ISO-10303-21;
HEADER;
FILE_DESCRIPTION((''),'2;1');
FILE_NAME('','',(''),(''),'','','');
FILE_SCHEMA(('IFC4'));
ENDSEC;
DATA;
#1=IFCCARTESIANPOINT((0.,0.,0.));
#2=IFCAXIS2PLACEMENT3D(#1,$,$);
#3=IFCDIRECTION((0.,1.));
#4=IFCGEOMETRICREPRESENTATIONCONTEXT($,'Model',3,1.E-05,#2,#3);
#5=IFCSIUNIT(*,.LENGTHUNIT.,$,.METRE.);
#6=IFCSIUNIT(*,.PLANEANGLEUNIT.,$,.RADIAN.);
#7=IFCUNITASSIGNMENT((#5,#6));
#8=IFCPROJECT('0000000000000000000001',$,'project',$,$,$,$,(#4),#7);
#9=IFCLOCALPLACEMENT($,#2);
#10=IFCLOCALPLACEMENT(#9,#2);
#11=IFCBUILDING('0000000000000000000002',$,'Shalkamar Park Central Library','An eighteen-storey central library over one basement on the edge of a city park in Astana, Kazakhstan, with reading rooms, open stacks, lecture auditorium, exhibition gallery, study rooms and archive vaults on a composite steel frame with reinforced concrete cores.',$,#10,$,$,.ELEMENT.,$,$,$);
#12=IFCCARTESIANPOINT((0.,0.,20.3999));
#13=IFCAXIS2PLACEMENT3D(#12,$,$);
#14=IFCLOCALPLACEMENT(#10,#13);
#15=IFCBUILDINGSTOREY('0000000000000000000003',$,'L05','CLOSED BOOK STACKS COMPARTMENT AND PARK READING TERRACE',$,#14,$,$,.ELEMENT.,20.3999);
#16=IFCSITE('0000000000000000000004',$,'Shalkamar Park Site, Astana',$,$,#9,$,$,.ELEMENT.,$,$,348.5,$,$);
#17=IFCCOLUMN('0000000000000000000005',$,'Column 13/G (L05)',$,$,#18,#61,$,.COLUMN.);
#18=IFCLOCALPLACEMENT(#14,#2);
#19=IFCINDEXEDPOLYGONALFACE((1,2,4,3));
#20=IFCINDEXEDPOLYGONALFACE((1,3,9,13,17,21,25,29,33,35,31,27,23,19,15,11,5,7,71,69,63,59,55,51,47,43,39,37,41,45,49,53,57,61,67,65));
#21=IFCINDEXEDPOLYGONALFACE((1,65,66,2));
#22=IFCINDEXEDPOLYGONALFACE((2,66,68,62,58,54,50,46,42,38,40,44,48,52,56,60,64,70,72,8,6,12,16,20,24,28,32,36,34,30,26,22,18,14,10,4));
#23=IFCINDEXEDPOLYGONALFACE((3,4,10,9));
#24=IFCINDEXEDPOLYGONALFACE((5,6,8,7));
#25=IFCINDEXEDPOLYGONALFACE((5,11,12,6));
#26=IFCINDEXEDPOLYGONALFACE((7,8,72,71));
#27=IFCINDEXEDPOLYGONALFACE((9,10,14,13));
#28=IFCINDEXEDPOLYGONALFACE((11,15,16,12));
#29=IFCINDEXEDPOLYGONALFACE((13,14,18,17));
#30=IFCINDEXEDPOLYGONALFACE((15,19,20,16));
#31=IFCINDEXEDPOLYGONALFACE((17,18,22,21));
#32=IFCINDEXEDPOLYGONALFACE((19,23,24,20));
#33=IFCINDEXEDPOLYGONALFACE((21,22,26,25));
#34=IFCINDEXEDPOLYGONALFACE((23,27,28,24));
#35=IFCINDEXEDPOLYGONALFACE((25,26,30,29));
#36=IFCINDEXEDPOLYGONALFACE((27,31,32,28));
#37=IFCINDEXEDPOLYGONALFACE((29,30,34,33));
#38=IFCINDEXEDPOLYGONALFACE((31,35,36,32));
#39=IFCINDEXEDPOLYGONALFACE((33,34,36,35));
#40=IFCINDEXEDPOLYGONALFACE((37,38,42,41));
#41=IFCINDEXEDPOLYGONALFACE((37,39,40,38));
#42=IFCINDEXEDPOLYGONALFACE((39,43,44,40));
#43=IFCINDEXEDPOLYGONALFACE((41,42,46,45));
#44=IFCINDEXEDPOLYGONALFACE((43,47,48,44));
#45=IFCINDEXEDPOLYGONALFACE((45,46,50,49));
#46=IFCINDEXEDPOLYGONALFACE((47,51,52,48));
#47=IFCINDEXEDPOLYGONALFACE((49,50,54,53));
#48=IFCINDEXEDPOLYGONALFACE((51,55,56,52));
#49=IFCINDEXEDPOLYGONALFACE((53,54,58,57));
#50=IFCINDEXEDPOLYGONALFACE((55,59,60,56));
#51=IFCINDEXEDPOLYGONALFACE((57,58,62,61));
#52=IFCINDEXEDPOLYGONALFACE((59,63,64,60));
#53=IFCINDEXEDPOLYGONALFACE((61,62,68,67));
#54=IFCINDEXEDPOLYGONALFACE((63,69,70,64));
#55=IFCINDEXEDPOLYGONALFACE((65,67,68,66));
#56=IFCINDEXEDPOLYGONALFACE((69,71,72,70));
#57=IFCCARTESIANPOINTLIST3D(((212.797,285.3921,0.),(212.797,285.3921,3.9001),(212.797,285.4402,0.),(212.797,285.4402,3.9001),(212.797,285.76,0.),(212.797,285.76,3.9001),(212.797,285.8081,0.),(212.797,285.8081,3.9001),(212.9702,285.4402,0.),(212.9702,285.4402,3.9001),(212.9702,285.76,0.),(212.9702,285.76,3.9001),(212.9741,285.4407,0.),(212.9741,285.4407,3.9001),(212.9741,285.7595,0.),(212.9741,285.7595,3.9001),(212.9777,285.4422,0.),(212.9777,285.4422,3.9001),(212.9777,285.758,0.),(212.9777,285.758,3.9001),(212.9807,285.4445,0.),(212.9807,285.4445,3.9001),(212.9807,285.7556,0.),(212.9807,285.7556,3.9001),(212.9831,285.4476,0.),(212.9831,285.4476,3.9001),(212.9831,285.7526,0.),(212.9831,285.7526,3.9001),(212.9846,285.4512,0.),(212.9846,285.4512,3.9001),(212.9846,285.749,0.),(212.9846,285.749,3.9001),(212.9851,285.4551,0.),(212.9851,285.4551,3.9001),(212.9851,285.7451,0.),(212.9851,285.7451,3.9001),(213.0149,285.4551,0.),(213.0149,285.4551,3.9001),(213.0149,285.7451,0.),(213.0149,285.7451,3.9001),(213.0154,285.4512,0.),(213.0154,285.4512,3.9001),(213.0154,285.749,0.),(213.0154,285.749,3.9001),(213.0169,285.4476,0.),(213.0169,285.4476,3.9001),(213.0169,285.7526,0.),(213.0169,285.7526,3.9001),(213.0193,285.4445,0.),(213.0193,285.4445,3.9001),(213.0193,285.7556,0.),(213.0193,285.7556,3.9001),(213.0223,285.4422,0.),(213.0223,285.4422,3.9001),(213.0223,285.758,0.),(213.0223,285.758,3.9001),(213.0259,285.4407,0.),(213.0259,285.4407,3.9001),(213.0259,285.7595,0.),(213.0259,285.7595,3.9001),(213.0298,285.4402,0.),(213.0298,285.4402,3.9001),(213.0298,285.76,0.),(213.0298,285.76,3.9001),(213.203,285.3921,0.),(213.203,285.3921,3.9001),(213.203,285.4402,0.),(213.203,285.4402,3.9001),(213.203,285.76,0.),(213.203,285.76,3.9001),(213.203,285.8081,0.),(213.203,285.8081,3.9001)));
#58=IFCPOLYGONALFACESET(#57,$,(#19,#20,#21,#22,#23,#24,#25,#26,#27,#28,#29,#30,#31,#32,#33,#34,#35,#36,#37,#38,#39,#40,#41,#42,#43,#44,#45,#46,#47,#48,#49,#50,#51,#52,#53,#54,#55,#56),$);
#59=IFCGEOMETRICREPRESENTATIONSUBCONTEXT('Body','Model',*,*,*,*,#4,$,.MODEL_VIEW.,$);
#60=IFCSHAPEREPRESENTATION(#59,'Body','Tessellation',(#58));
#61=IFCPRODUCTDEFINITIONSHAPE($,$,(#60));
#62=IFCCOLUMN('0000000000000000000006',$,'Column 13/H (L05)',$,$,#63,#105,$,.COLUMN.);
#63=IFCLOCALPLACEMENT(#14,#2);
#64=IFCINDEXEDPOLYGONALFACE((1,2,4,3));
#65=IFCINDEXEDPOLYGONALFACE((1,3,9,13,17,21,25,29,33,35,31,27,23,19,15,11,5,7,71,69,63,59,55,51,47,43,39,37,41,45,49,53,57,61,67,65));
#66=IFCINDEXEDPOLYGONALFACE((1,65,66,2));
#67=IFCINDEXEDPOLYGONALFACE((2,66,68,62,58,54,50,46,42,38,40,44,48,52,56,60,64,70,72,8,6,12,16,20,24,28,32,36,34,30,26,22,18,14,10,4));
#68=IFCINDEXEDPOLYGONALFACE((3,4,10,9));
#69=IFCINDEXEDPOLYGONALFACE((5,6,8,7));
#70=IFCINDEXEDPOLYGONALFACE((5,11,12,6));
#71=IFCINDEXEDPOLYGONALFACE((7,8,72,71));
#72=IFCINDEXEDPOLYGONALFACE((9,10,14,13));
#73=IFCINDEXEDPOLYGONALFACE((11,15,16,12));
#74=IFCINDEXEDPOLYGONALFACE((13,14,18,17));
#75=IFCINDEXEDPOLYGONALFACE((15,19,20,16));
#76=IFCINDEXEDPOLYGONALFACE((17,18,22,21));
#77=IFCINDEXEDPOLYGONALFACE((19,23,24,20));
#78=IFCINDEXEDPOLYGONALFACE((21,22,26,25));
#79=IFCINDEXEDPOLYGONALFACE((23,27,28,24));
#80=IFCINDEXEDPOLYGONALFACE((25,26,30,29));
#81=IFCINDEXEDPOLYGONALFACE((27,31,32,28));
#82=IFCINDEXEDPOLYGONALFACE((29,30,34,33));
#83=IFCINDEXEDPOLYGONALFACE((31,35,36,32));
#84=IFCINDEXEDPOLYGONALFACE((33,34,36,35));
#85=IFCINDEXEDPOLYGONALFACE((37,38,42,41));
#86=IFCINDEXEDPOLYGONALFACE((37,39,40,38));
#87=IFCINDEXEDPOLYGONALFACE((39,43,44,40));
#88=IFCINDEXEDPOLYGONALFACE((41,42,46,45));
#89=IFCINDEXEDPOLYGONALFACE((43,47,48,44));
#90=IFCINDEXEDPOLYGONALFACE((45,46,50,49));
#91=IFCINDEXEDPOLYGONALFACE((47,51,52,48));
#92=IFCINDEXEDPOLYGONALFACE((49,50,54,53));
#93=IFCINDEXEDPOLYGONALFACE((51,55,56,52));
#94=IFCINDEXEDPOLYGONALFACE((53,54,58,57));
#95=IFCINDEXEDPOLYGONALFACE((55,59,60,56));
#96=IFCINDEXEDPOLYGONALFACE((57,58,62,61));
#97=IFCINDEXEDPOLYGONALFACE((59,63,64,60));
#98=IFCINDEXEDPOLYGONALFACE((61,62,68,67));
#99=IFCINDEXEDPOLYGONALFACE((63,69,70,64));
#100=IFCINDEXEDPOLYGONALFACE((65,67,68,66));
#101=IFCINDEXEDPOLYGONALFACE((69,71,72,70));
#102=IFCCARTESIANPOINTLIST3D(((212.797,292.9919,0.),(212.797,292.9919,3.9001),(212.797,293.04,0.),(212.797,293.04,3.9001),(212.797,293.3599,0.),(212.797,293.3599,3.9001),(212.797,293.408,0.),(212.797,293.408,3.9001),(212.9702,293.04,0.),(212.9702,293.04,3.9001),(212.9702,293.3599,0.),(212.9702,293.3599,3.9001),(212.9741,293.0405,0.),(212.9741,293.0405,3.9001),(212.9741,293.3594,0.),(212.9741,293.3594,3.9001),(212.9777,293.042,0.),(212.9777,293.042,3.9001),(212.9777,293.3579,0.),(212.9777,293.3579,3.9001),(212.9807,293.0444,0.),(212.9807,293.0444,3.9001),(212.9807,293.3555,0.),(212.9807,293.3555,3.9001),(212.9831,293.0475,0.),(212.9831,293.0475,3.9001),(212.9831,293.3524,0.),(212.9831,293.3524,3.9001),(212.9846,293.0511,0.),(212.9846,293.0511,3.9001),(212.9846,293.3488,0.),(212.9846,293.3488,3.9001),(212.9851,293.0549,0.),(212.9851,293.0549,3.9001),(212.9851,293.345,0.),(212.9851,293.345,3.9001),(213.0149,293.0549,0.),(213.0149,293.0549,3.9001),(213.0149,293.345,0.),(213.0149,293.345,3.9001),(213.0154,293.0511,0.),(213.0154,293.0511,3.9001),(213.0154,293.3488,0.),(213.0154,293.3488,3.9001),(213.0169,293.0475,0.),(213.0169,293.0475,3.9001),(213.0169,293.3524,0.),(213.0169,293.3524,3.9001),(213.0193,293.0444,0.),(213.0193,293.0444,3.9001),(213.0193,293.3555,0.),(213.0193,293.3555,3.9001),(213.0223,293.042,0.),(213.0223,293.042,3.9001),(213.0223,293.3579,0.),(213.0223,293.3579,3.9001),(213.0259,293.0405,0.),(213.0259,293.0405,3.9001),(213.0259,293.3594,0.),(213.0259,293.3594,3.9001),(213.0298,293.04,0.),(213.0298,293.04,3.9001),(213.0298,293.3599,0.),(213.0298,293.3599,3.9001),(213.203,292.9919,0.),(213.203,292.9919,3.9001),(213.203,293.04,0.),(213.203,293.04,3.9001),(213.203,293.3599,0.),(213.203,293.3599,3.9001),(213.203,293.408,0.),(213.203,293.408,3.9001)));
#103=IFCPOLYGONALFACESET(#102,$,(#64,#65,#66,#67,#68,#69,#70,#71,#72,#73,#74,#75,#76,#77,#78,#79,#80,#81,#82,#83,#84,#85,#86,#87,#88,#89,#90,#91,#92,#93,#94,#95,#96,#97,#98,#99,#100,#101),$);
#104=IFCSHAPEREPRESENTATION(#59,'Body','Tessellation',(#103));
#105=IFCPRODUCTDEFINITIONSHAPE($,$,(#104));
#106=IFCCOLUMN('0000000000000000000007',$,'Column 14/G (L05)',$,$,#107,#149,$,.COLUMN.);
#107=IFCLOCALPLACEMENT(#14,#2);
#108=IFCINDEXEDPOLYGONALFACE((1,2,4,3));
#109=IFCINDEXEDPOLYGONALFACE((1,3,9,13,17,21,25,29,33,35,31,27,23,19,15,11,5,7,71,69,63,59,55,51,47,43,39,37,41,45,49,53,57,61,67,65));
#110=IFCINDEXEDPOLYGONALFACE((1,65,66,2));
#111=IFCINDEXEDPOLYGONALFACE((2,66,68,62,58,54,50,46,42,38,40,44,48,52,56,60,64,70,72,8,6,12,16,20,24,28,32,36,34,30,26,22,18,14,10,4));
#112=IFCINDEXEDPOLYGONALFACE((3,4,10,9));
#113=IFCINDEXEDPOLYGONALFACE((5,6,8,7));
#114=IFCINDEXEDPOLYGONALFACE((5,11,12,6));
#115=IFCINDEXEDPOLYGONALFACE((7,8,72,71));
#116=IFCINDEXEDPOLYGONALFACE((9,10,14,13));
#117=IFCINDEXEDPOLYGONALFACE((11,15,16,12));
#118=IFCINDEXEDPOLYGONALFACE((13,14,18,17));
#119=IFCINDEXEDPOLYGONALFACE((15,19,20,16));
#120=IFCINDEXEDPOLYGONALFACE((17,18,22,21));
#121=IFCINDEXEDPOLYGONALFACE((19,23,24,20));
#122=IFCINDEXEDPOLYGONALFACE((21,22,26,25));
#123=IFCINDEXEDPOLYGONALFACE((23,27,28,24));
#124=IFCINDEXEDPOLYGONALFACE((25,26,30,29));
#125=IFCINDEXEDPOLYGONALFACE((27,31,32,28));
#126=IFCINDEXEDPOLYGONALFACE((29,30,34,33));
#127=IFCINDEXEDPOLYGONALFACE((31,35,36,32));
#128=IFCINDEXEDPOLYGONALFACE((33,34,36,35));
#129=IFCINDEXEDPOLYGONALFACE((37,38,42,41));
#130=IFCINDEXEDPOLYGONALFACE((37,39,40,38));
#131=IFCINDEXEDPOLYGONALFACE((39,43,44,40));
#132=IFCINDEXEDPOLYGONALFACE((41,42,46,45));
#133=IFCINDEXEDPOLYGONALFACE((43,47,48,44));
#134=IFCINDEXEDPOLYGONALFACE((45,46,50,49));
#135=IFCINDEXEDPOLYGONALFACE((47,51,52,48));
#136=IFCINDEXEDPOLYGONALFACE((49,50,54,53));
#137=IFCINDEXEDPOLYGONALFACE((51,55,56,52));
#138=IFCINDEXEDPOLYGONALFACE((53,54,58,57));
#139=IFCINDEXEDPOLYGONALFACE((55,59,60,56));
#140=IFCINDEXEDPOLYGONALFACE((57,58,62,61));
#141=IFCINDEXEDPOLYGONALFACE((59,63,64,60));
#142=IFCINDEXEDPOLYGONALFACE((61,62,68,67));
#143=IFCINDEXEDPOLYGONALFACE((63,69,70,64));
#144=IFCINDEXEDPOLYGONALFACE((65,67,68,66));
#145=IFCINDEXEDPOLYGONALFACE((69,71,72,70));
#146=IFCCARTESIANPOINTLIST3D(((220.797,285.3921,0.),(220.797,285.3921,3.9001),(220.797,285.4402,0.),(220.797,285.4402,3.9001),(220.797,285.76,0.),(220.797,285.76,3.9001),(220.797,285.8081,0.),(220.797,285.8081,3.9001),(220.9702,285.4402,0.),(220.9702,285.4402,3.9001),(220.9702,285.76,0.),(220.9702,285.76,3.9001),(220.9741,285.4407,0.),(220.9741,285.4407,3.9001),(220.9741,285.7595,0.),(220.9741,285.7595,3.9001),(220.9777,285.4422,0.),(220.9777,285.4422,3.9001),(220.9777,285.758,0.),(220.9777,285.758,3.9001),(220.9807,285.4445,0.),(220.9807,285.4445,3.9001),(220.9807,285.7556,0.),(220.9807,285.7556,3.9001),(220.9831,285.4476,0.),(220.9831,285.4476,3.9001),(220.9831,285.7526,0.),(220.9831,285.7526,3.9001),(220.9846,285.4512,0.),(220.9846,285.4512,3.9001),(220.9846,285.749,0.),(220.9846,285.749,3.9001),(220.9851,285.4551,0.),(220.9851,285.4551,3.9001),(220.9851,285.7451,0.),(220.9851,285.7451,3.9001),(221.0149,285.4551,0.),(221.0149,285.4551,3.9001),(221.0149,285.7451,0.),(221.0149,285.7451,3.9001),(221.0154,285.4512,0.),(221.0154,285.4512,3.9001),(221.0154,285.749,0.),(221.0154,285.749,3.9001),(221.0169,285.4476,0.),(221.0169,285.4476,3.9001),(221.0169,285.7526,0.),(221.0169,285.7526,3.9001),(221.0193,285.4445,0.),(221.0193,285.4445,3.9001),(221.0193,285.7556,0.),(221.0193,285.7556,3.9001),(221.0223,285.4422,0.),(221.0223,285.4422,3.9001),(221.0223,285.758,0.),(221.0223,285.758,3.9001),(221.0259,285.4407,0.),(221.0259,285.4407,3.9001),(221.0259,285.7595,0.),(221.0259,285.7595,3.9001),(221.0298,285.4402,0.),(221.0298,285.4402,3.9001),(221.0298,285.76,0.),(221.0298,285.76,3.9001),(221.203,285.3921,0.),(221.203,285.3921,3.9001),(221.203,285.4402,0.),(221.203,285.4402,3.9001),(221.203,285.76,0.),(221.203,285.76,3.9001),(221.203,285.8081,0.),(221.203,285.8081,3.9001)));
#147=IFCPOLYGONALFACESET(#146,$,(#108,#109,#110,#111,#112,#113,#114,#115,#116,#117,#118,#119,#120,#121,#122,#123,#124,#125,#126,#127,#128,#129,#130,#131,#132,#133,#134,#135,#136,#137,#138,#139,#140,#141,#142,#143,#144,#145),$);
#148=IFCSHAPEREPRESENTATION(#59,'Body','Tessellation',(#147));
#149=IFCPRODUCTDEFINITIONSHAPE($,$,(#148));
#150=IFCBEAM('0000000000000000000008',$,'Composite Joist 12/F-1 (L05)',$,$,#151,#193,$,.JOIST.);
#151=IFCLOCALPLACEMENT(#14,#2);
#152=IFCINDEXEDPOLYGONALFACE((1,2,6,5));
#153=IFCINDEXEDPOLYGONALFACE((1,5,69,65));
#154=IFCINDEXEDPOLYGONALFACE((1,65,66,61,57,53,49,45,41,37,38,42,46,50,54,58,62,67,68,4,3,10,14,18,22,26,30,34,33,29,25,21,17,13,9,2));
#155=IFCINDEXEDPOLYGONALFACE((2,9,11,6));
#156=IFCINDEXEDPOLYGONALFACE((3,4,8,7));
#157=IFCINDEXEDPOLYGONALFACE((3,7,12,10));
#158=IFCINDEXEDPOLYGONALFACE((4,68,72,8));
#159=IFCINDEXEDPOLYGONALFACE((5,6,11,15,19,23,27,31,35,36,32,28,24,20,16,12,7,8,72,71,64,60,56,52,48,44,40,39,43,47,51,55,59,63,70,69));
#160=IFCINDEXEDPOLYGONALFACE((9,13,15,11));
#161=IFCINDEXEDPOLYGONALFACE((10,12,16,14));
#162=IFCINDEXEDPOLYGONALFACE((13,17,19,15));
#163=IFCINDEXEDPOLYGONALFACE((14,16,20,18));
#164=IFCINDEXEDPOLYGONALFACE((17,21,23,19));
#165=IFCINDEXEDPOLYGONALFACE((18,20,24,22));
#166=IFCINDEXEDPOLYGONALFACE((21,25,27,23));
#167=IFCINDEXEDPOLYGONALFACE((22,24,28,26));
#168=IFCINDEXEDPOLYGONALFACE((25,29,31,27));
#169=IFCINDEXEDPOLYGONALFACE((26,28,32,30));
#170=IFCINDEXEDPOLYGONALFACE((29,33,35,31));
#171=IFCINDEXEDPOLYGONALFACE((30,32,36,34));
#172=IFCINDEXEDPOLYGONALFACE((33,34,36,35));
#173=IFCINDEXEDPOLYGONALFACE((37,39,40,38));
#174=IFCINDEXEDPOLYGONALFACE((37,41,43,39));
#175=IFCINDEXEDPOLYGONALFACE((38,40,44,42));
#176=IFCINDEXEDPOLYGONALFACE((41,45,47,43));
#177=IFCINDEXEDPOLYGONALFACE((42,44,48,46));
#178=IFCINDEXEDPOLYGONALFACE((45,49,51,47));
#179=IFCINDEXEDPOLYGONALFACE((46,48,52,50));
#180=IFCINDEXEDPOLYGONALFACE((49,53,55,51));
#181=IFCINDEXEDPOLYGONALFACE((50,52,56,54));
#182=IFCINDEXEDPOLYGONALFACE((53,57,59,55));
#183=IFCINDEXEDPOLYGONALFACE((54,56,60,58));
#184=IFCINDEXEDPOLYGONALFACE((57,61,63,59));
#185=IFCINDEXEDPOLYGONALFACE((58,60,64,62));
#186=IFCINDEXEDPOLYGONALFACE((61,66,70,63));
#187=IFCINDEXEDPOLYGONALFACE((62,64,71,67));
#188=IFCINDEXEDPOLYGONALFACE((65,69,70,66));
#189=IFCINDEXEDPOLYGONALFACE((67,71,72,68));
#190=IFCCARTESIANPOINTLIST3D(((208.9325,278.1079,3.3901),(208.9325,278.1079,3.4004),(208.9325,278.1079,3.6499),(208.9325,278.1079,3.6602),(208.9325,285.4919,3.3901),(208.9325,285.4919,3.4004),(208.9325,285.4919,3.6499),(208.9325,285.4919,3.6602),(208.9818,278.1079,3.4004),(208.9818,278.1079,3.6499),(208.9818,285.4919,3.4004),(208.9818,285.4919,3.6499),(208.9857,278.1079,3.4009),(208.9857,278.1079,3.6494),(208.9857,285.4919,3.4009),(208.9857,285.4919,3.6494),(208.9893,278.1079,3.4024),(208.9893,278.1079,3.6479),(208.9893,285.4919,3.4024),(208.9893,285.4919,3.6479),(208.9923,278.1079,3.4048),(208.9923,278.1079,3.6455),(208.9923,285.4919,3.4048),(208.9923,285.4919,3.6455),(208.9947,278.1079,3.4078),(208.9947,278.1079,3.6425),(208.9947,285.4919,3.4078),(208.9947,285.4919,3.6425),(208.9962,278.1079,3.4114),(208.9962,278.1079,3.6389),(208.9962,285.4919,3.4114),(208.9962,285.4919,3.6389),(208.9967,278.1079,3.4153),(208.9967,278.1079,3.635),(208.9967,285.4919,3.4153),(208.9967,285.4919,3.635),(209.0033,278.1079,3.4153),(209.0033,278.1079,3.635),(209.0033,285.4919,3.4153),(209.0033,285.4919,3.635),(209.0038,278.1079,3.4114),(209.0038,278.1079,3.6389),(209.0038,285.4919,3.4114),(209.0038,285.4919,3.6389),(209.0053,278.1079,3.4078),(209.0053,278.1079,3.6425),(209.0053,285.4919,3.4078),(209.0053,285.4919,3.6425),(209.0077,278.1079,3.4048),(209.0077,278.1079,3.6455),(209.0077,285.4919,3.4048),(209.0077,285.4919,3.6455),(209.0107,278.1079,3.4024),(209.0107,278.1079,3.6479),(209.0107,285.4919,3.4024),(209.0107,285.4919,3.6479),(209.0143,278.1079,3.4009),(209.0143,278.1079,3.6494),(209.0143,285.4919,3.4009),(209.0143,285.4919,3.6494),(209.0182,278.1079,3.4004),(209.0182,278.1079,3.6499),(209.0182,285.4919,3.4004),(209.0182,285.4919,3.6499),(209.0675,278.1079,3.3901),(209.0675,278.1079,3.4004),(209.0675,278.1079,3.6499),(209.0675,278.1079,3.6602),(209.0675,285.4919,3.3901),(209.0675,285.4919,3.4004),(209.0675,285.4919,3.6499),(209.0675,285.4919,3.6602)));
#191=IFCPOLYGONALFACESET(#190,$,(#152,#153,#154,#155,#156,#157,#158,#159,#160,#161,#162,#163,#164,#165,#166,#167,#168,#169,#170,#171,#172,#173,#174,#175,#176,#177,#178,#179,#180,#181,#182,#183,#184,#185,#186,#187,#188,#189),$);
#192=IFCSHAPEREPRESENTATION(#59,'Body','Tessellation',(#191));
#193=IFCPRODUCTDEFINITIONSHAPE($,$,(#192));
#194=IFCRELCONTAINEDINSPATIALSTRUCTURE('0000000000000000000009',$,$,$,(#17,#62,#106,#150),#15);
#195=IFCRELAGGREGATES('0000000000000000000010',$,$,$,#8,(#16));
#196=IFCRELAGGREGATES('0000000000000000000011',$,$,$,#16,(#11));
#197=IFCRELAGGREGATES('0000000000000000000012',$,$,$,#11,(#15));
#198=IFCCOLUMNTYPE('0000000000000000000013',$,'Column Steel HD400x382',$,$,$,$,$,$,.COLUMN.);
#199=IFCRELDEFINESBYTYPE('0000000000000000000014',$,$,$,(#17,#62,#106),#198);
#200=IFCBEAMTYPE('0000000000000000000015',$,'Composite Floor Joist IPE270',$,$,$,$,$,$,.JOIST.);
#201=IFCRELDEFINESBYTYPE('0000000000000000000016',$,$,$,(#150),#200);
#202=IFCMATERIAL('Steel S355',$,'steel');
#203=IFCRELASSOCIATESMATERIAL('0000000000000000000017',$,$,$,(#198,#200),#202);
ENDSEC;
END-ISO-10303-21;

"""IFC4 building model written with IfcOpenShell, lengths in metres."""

from ifc_helpers import new_model, si_unit, direction, frame, origin, origin_2d, place, context, subcontext, project, spatial, i_section, extrude, material, material_profile, profile_set, type_object, element, save


model = new_model("IFC4")

# Units and contexts
model_context = context("Model", 3, precision=1e-05, world=origin(), true_north=direction((0.0, 1.0)))
body_context = subcontext(model_context, "Body", "Model", "MODEL_VIEW")
ifc_project = project(units=[si_unit("LENGTHUNIT", "METRE"), si_unit("PLANEANGLEUNIT", "RADIAN")], contexts=[model_context])

# Site, building, storey
site_placement = place(None, origin())
site = spatial("IfcSite", under=ifc_project, at=site_placement, Name="Shalkamar Park Site, Astana", CompositionType="ELEMENT", RefElevation=348.5)
building_placement = place(site_placement, origin())
building = spatial("IfcBuilding", under=site, at=building_placement, Name="Shalkamar Park Central Library", Description="An eighteen-storey central library over one basement on the edge of a city park in Astana, Kazakhstan, with reading rooms, open stacks, lecture auditorium, exhibition gallery, study rooms and archive vaults on a composite steel frame with reinforced concrete cores.", CompositionType="ELEMENT")
storey_placement = place(building_placement, frame((0.0, 0.0, 20.3999)))
storey = spatial("IfcBuildingStorey", under=building, at=storey_placement, Name="L05", Description="CLOSED BOOK STACKS COMPARTMENT AND PARK READING TERRACE", CompositionType="ELEMENT", Elevation=20.3999)

# Columns
ifc_material_1 = material(Name="Steel S355", Category="steel")
ifc_material_profile_1 = material_profile(ifc_material_1, i_section(OverallWidth=0.406, OverallDepth=0.416, WebThickness=0.0298, FlangeThickness=0.0481, FilletRadius=0.0149, at=origin_2d()), Name="HD 400x382")
ifc_profile_set_1 = profile_set([ifc_material_profile_1], Name="Steel S355")
column_type = type_object("IfcColumnType", Name="Column Steel HD400x382", PredefinedType="COLUMN", material=ifc_profile_set_1)
for number, where, z_axis, x_axis, name in (
    (1, (213.0, 285.6001, 0.0), (0.0, 0.0, 1.0), (1.0, 0.0, 0.0), "Column 13/G (L05)"),
    (2, (213.0, 293.2, 0.0), (0.0, 0.0, 1.0), (1.0, 0.0, 0.0), "Column 13/H (L05)"),
    (3, (221.0, 285.6001, 0.0), (0.0, 0.0, 1.0), (1.0, 0.0, 0.0), "Column 14/G (L05)"),
):
    element("IfcColumn", number, at=place(storey_placement, frame(where, z_axis=z_axis, x_axis=x_axis)), inside=storey, type_object=column_type, Name=name, PredefinedType="COLUMN", context=body_context, shape_type="SweptSolid", body=[
        extrude(i_section(OverallWidth=0.406, OverallDepth=0.416, WebThickness=0.0298, FlangeThickness=0.0481, FilletRadius=0.0149, at=origin_2d()), origin(), (0.0, 0.0, 1.0), 3.9001),
    ])

# Beam
ifc_material_profile_2 = material_profile(ifc_material_1, i_section(OverallWidth=0.135, OverallDepth=0.27, WebThickness=0.0066, FlangeThickness=0.0103, FilletRadius=0.0149, at=origin_2d()), Name="IPE 270")
ifc_profile_set_2 = profile_set([ifc_material_profile_2], Name="Steel S355")
beam_type_1 = type_object("IfcBeamType", Name="Composite Floor Joist IPE270", PredefinedType="JOIST", material=ifc_profile_set_2)
beam_1_placement = place(storey_placement, frame((209.0, 278.1079, 3.5251), z_axis=(0.0, 1.0, 0.0), x_axis=(-1.0, 0.0, 0.0)))
element("IfcBeam", 4, at=beam_1_placement, inside=storey, type_object=beam_type_1, Name="Composite Joist 12/F-1 (L05)", PredefinedType="JOIST", context=body_context, shape_type="SweptSolid", body=[
    extrude(i_section(OverallWidth=0.135, OverallDepth=0.27, WebThickness=0.0066, FlangeThickness=0.0103, FilletRadius=0.0149, at=origin_2d()), origin(), (0.0, 0.0, 1.0), 7.384),
])

save(model, "model.ifc")
